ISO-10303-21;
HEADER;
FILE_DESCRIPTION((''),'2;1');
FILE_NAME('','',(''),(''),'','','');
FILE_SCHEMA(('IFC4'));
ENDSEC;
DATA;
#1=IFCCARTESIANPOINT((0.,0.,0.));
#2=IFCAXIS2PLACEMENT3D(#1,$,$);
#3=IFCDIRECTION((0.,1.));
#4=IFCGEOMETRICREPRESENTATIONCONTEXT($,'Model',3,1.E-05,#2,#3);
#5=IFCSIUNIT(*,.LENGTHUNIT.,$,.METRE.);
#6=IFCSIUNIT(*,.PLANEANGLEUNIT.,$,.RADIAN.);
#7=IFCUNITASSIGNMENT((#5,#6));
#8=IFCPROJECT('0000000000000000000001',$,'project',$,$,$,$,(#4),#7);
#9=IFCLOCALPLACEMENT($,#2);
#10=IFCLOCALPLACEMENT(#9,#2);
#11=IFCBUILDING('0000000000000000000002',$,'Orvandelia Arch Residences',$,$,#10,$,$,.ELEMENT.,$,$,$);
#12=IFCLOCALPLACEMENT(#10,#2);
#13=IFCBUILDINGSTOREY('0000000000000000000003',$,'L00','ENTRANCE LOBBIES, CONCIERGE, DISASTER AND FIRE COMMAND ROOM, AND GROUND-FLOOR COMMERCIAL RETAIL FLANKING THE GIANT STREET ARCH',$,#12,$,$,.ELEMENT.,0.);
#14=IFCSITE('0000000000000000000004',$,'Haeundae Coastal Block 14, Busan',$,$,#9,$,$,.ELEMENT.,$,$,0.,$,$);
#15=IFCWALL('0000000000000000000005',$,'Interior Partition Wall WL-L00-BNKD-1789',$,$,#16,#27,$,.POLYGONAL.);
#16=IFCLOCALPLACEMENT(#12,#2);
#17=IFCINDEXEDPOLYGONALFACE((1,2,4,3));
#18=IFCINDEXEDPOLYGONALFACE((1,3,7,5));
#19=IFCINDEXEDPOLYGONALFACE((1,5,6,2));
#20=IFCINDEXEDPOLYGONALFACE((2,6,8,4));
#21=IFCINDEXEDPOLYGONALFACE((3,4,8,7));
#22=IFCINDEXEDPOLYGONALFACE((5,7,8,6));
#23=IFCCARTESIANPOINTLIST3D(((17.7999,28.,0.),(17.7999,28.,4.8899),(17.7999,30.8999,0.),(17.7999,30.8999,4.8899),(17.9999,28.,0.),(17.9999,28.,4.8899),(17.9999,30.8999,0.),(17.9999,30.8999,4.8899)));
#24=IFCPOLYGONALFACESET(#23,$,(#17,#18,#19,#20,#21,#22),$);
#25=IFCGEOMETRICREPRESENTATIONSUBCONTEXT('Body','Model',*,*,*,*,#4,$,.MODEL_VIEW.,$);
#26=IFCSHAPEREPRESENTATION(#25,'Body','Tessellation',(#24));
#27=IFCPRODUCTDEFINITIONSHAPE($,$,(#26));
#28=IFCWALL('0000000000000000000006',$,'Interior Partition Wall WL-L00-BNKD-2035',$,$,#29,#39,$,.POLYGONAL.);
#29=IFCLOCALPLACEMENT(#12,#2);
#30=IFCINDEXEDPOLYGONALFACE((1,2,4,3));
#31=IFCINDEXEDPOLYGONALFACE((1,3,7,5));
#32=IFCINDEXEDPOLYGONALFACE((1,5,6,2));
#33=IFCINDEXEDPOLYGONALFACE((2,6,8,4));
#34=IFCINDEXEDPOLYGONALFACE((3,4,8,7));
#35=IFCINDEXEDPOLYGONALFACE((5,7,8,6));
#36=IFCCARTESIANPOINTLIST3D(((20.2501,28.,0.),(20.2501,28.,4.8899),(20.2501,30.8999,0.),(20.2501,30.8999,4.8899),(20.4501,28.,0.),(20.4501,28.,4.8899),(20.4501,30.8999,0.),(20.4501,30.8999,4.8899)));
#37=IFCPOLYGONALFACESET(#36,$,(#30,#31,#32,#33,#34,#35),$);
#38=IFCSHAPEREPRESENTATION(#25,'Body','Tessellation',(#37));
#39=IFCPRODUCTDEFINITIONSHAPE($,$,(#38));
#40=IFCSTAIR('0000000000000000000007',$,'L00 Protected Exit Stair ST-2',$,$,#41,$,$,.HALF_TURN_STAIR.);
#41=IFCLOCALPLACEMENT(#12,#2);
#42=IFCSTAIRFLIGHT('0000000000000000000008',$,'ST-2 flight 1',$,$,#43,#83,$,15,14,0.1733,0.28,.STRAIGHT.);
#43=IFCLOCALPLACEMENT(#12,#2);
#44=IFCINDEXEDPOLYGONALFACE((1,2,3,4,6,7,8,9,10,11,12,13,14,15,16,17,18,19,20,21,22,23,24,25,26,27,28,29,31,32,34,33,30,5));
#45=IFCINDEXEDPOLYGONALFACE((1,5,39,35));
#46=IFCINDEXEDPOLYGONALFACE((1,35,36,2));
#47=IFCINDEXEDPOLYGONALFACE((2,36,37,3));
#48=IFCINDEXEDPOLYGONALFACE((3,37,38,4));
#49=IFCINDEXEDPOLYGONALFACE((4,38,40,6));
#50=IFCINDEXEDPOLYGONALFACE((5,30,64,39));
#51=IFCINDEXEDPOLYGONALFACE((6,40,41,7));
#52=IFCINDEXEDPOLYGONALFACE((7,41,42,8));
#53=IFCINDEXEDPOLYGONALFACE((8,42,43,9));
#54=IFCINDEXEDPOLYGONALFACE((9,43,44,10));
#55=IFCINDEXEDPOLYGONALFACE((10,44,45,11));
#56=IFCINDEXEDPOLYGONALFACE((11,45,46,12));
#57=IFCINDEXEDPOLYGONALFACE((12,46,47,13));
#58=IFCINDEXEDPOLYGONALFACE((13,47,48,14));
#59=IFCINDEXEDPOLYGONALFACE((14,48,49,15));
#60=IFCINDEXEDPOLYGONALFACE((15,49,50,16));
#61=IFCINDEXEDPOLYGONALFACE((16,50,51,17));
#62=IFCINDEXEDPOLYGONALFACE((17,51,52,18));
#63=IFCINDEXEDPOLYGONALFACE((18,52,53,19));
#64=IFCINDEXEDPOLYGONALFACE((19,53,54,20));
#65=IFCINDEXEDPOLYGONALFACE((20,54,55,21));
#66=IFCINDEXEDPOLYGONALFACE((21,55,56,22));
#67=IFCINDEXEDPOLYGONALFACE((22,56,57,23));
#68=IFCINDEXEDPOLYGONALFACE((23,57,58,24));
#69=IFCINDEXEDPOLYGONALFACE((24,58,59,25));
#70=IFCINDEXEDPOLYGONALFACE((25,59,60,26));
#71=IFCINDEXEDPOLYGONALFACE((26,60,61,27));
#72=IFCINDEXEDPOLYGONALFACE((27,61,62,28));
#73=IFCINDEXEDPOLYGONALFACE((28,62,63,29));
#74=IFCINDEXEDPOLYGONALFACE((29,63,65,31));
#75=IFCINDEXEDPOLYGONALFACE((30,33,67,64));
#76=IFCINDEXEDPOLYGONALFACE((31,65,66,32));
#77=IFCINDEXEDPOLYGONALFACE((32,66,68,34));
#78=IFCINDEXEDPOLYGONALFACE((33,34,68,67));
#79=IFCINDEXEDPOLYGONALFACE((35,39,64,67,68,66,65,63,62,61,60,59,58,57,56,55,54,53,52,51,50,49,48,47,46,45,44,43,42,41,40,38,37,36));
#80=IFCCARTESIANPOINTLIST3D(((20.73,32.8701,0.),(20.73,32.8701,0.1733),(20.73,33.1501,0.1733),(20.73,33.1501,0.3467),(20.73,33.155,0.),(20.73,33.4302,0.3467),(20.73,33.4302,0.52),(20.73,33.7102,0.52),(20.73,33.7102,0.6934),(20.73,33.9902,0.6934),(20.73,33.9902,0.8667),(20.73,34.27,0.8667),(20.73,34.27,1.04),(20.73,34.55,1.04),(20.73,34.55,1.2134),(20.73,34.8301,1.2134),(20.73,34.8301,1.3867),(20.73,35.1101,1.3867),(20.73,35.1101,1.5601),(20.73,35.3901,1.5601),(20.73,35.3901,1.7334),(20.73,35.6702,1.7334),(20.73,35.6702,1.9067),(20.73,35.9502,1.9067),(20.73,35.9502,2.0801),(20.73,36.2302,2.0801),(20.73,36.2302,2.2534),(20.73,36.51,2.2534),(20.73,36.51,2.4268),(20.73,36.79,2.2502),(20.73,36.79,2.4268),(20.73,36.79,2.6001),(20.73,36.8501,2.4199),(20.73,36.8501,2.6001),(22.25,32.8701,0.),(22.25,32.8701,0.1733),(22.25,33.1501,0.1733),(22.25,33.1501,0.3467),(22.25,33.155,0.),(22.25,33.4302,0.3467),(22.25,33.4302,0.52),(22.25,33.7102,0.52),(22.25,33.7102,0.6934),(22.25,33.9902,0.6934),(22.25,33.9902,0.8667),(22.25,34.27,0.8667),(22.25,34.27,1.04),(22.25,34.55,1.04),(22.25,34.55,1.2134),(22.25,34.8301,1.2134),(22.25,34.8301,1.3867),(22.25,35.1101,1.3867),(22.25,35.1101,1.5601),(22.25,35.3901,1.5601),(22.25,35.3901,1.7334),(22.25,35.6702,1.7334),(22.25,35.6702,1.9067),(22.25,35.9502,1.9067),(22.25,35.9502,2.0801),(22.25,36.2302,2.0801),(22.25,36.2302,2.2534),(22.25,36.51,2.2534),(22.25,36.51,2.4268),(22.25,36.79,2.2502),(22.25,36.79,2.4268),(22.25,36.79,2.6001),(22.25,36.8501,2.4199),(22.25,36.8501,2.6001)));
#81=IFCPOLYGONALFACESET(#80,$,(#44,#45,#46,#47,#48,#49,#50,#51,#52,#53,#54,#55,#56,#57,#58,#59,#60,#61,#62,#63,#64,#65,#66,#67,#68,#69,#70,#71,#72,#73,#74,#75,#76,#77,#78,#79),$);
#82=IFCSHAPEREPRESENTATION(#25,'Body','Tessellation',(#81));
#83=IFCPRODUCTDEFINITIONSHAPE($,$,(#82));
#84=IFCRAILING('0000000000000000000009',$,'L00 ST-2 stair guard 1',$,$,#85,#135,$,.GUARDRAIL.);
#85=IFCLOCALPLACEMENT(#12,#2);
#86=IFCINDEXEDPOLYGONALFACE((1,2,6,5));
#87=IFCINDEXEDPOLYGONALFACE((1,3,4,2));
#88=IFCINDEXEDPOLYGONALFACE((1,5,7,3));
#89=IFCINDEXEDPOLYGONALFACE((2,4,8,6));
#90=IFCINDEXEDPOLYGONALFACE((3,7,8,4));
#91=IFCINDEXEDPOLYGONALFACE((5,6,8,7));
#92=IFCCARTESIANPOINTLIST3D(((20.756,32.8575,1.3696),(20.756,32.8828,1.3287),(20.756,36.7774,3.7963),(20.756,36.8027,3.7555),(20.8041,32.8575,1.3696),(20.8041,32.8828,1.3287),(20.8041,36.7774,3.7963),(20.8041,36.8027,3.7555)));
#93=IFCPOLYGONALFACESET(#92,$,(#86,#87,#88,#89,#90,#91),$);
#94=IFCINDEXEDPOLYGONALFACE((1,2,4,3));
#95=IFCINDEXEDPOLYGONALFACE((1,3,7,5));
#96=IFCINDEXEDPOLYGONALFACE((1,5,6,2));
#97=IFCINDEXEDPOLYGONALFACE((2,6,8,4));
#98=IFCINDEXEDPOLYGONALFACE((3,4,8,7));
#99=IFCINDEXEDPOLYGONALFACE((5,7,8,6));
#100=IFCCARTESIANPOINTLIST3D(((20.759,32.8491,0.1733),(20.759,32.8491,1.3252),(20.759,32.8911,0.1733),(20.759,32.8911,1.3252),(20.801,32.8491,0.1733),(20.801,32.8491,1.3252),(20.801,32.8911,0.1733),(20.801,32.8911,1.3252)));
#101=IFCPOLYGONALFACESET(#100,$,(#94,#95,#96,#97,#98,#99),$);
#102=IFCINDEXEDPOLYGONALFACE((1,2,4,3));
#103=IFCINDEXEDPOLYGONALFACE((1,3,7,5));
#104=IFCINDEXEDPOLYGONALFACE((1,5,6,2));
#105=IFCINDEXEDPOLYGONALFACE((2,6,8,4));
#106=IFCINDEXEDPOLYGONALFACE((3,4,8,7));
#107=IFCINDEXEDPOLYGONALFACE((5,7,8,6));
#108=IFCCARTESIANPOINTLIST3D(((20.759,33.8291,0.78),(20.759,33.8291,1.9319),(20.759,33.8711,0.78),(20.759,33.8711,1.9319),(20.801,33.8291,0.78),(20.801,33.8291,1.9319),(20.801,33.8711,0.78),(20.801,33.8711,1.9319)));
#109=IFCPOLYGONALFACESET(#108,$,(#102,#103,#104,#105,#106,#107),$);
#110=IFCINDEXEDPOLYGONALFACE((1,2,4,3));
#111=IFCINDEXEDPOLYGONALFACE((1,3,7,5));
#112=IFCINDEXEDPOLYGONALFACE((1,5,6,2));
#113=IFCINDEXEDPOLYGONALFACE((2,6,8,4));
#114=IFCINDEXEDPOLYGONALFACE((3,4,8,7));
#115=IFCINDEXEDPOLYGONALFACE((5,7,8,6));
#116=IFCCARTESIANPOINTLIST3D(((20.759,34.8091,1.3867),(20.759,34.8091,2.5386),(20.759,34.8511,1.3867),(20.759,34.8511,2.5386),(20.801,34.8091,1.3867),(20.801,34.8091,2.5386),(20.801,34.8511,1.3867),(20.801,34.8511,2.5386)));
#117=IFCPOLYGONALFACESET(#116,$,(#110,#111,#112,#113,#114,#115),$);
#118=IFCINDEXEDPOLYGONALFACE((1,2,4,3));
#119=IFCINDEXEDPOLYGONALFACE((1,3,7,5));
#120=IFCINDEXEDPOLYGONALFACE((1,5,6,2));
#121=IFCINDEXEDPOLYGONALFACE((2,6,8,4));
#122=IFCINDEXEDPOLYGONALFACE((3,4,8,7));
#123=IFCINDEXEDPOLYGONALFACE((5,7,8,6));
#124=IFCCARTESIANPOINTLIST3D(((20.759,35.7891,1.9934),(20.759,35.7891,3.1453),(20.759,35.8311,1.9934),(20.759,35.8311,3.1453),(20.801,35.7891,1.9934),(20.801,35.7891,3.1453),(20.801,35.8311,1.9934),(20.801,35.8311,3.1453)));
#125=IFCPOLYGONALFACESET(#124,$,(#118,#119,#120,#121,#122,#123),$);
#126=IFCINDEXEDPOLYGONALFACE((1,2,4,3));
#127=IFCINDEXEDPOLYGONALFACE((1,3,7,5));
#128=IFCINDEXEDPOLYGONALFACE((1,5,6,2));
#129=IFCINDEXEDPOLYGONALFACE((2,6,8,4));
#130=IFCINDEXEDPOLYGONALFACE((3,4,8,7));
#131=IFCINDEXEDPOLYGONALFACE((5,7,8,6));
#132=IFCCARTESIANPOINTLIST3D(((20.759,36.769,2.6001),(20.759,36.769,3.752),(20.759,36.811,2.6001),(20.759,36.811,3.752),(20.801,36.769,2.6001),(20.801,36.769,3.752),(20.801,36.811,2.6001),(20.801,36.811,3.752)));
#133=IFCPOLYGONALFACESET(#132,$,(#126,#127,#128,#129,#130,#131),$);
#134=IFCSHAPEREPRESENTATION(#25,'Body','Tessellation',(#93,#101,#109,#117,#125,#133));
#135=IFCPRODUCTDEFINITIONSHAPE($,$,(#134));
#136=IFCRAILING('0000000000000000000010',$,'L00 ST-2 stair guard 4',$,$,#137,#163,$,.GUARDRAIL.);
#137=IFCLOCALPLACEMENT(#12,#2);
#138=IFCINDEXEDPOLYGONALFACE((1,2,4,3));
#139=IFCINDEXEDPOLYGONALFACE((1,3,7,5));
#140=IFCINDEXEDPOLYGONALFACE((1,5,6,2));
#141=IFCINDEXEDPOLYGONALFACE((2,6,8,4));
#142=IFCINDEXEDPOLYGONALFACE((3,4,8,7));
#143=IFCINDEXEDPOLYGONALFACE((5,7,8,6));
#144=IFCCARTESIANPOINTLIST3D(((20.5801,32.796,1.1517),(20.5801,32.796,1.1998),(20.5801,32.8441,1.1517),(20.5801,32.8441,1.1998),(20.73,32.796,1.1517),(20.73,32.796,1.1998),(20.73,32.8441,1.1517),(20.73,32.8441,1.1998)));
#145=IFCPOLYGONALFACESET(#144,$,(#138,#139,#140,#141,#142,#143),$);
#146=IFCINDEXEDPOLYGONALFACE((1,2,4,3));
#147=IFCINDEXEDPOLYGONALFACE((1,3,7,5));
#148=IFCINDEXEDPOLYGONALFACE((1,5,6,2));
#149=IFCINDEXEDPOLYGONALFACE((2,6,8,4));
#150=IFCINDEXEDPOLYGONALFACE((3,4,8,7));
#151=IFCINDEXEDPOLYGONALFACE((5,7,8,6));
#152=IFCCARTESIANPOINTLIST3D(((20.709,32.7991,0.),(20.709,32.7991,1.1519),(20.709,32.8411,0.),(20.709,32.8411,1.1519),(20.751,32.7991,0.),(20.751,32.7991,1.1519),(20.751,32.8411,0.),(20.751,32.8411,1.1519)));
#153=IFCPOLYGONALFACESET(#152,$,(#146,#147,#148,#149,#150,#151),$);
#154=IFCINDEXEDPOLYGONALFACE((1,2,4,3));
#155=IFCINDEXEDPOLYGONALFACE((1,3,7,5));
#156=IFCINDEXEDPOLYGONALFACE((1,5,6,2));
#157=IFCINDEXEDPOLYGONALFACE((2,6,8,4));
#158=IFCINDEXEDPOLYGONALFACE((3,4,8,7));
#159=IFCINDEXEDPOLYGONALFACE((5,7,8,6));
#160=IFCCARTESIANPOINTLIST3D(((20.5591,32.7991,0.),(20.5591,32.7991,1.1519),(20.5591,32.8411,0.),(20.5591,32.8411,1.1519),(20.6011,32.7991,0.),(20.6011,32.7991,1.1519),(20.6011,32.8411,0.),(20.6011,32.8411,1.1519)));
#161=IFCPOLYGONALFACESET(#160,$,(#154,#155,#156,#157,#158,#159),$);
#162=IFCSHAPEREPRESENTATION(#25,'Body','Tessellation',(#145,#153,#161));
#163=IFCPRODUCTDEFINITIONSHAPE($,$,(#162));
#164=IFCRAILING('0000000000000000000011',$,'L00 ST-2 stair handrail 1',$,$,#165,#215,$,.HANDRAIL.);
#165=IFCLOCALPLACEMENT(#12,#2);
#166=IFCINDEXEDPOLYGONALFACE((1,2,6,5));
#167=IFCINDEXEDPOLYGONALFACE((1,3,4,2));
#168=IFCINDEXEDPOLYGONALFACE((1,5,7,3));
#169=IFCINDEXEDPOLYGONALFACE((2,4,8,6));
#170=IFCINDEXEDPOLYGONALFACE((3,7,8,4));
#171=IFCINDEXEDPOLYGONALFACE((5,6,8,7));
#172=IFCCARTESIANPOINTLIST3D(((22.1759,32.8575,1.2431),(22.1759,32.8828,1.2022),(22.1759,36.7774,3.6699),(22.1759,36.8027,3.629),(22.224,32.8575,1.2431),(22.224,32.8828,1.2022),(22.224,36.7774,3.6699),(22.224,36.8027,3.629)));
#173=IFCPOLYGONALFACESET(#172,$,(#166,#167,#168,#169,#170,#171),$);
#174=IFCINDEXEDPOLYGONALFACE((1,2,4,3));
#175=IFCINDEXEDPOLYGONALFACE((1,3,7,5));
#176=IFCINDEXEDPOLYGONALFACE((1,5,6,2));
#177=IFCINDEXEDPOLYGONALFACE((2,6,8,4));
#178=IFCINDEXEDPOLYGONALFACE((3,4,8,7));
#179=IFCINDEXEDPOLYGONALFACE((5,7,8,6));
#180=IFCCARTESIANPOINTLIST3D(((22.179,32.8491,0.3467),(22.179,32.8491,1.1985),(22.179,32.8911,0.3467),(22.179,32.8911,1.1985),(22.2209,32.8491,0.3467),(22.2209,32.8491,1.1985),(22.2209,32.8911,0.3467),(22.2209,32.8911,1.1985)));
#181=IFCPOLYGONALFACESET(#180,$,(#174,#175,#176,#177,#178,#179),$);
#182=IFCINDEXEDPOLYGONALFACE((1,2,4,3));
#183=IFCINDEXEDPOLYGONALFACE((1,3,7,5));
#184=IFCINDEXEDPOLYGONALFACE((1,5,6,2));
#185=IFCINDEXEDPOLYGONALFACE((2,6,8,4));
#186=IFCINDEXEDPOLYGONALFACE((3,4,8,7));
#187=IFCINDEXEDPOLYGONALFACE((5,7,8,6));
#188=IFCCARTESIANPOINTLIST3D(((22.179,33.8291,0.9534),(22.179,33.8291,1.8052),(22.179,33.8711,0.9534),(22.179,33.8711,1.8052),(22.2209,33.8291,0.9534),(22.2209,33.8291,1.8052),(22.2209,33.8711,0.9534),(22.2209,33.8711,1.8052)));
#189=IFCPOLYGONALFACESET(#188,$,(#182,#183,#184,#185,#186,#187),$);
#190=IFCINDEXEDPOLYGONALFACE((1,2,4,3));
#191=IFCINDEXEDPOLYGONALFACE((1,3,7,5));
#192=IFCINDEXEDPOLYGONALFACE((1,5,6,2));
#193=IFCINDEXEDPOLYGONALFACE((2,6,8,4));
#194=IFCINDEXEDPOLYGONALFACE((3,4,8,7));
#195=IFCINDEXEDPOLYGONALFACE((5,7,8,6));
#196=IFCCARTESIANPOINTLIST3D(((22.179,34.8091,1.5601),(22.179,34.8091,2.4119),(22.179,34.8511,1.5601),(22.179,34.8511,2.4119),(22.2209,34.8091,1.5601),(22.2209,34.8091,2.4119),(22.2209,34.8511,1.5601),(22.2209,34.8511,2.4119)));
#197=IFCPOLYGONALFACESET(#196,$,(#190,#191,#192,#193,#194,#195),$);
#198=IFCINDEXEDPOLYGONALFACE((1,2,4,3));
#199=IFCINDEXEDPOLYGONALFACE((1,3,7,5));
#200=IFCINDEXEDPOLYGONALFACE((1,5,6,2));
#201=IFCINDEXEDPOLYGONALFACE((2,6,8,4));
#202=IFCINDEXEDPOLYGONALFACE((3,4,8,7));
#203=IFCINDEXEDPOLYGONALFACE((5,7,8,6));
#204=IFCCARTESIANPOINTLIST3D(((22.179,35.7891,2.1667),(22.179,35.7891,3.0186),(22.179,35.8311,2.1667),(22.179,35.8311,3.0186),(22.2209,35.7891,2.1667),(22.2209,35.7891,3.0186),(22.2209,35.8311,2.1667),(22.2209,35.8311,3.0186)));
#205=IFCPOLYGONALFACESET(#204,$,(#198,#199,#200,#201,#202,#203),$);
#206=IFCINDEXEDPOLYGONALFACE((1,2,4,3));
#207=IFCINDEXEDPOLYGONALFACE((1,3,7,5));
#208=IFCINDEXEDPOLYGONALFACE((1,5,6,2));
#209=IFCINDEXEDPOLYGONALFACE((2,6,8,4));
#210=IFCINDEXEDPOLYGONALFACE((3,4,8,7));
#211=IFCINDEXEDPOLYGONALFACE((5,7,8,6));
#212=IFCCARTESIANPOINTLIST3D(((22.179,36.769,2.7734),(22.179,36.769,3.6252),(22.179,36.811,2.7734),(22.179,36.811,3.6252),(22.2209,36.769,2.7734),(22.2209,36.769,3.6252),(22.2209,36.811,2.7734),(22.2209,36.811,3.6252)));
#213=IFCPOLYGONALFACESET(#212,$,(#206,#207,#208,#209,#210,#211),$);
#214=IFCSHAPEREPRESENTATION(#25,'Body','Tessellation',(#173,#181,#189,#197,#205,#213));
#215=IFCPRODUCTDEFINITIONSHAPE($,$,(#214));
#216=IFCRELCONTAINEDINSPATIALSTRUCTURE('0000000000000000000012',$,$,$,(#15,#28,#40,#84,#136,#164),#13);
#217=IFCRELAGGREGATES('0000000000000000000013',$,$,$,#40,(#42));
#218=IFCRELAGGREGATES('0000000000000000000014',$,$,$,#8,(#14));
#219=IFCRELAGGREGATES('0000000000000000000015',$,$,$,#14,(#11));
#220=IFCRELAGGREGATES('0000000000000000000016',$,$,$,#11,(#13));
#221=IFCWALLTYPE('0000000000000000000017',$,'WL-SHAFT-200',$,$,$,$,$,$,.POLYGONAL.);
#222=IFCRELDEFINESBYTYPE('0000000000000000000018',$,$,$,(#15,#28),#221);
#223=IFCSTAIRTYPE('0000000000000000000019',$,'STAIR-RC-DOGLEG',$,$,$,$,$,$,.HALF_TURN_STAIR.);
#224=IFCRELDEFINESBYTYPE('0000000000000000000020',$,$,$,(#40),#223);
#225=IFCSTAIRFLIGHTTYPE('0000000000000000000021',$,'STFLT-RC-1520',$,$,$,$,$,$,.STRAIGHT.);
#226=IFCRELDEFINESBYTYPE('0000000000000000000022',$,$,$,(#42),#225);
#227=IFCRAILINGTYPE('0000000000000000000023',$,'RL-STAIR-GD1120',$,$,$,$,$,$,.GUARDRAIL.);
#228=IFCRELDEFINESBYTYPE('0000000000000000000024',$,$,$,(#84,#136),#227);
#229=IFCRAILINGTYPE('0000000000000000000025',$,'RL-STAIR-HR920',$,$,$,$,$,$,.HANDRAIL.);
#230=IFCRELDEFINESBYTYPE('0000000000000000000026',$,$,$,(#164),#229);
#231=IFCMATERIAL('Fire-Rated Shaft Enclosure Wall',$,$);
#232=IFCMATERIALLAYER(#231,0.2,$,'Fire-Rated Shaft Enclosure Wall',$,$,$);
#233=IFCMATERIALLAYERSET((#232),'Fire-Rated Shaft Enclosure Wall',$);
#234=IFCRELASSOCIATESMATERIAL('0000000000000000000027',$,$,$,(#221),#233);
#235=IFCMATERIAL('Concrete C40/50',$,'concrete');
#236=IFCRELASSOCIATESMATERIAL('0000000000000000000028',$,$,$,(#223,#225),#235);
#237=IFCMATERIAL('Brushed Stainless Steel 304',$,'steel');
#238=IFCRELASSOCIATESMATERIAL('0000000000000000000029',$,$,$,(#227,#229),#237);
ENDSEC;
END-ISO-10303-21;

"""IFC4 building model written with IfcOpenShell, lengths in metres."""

from ifc_helpers import new_model, si_unit, direction, frame, frame_2d, origin, origin_2d, place, context, subcontext, project, spatial, polyline, rectangle, outline, extrude, material, layer, layer_set, type_object, element, aggregate, save


model = new_model("IFC4")

# Units and contexts
model_context = context("Model", 3, precision=1e-05, world=origin(), true_north=direction((0.0, 1.0)))
body_context = subcontext(model_context, "Body", "Model", "MODEL_VIEW")
ifc_project = project(units=[si_unit("LENGTHUNIT", "METRE"), si_unit("PLANEANGLEUNIT", "RADIAN")], contexts=[model_context])

# Site, building, storey
site_placement = place(None, origin())
site = spatial("IfcSite", under=ifc_project, at=site_placement, Name="Haeundae Coastal Block 14, Busan", CompositionType="ELEMENT", RefElevation=0.0)
building_placement = place(site_placement, origin())
building = spatial("IfcBuilding", under=site, at=building_placement, Name="Orvandelia Arch Residences", CompositionType="ELEMENT")
storey_placement = place(building_placement, origin())
storey = spatial("IfcBuildingStorey", under=building, at=storey_placement, Name="L00", Description="ENTRANCE LOBBIES, CONCIERGE, DISASTER AND FIRE COMMAND ROOM, AND GROUND-FLOOR COMMERCIAL RETAIL FLANKING THE GIANT STREET ARCH", CompositionType="ELEMENT", Elevation=0.0)

# Walls
ifc_material_1 = material(Name="Fire-Rated Shaft Enclosure Wall")
ifc_layer_1 = layer(ifc_material_1, 0.2, Name="Fire-Rated Shaft Enclosure Wall")
ifc_layer_set_1 = layer_set([ifc_layer_1], Name="Fire-Rated Shaft Enclosure Wall")
wall_type_1 = type_object("IfcWallType", Name="WL-SHAFT-200", PredefinedType="POLYGONAL", material=ifc_layer_set_1)
for number, where, z_axis, x_axis, name in (
    (1, (17.8999, 28.0, 0.0), (0.0, 0.0, 1.0), (0.0, 1.0, 0.0), "Interior Partition Wall WL-L00-BNKD-1789"),
    (2, (20.3501, 28.0, 0.0), (0.0, 0.0, 1.0), (0.0, 1.0, 0.0), "Interior Partition Wall WL-L00-BNKD-2035"),
):
    element("IfcWall", number, at=place(storey_placement, frame(where, z_axis=z_axis, x_axis=x_axis)), inside=storey, type_object=wall_type_1, Name=name, PredefinedType="POLYGONAL", context=body_context, shape_type="SweptSolid", body=[
        extrude(rectangle(XDim=2.8999, YDim=0.2, at=frame_2d((1.45, 0.0))), origin(), (0.0, 0.0, 1.0), 4.8899),
    ])

# Stair, stair flight
ifc_material_2 = material(Name="Concrete C40/50", Category="concrete")
stair_type = type_object("IfcStairType", Name="STAIR-RC-DOGLEG", PredefinedType="HALF_TURN_STAIR", material=ifc_material_2)
stair_placement = place(storey_placement, origin())
stair = element("IfcStair", 3, at=stair_placement, inside=storey, type_object=stair_type, Name="L00 Protected Exit Stair ST-2", PredefinedType="HALF_TURN_STAIR")
stair_flight_type = type_object("IfcStairFlightType", Name="STFLT-RC-1520", PredefinedType="STRAIGHT", material=ifc_material_2)
stair_flight_placement = place(storey_placement, frame((21.49, 32.8701, 0.0), z_axis=(0.0, 0.0, 1.0), x_axis=(0.0, 1.0, 0.0)))
stair_flight = element("IfcStairFlight", 4, at=stair_flight_placement, type_object=stair_flight_type, Name="ST-2 flight 1", NumberOfRisers=15, NumberOfTreads=14, PredefinedType="STRAIGHT", RiserHeight=0.1733, TreadLength=0.28, context=body_context, shape_type="SweptSolid", body=[
    extrude(outline(polyline([(0.0, 0.0), (0.0, 0.1733), (0.28, 0.1733), (0.28, 0.3467), (0.5601, 0.3467), (0.5601, 0.52), (0.8401, 0.52), (0.8401, 0.6934), (1.1201, 0.6934), (1.1201, 0.8667), (1.3999, 0.8667), (1.3999, 1.04), (1.6799, 1.04), (1.6799, 1.2134), (1.96, 1.2134), (1.96, 1.3867), (2.24, 1.3867), (2.24, 1.5601), (2.52, 1.5601), (2.52, 1.7334), (2.8, 1.7334), (2.8, 1.9067), (3.0801, 1.9067), (3.0801, 2.0801), (3.3601, 2.0801), (3.3601, 2.2534), (3.6399, 2.2534), (3.6399, 2.4268), (3.9199, 2.4268), (3.9199, 2.6001), (3.98, 2.6001), (3.98, 2.4199), (3.9199, 2.2502), (0.2849, 0.0), (0.0, 0.0)])), frame((0.0, 0.76, 0.0), z_axis=(0.0, -1.0, 0.0), x_axis=(1.0, 0.0, 0.0)), (0.0, 0.0, 1.0), 1.52),
])
aggregate(stair, [stair_flight])

# Railings
ifc_material_3 = material(Name="Brushed Stainless Steel 304", Category="steel")
railing_type_1 = type_object("IfcRailingType", Name="RL-STAIR-GD1120", PredefinedType="GUARDRAIL", material=ifc_material_3)
railing_1_placement = place(storey_placement, frame((20.78, 32.8701, 0.1733)))
element("IfcRailing", 5, at=railing_1_placement, inside=storey, type_object=railing_type_1, Name="L00 ST-2 stair guard 1", PredefinedType="GUARDRAIL", context=body_context, shape_type="SweptSolid", body=[
    extrude(rectangle(XDim=0.0481, YDim=0.0481, at=origin_2d()), frame((0.0, 0.0, 1.1758), z_axis=(0.0, 0.850252, 0.526376), x_axis=(-1.0, 0.0, 0.0)), (0.0, 0.0, 1.0), 4.6104),
    extrude(rectangle(XDim=0.042, YDim=0.042, at=origin_2d()), origin(), (0.0, 0.0, 1.0), 1.1519),
    extrude(rectangle(XDim=0.042, YDim=0.042, at=origin_2d()), frame((0.0, 0.98, 0.6067)), (0.0, 0.0, 1.0), 1.1519),
    extrude(rectangle(XDim=0.042, YDim=0.042, at=origin_2d()), frame((0.0, 1.96, 1.2134)), (0.0, 0.0, 1.0), 1.1519),
    extrude(rectangle(XDim=0.042, YDim=0.042, at=origin_2d()), frame((0.0, 2.9399, 1.8201)), (0.0, 0.0, 1.0), 1.1519),
    extrude(rectangle(XDim=0.042, YDim=0.042, at=origin_2d()), frame((0.0, 3.9199, 2.4268)), (0.0, 0.0, 1.0), 1.1519),
])
railing_2_placement = place(storey_placement, frame((20.73, 32.8201, 0.0)))
element("IfcRailing", 6, at=railing_2_placement, inside=storey, type_object=railing_type_1, Name="L00 ST-2 stair guard 4", PredefinedType="GUARDRAIL", context=body_context, shape_type="SweptSolid", body=[
    extrude(rectangle(XDim=0.0481, YDim=0.0481, at=origin_2d()), frame((0.0, 0.0, 1.1758), z_axis=(-1.0, 0.0, 0.0), x_axis=(0.0, -1.0, 0.0)), (0.0, 0.0, 1.0), 0.1499),
    extrude(rectangle(XDim=0.042, YDim=0.042, at=origin_2d()), origin(), (0.0, 0.0, 1.0), 1.1519),
    extrude(rectangle(XDim=0.042, YDim=0.042, at=origin_2d()), frame((-0.1499, 0.0, 0.0)), (0.0, 0.0, 1.0), 1.1519),
])
railing_type_2 = type_object("IfcRailingType", Name="RL-STAIR-HR920", PredefinedType="HANDRAIL", material=ifc_material_3)
railing_3_placement = place(storey_placement, frame((22.2, 32.8701, 0.3467)))
element("IfcRailing", 7, at=railing_3_placement, inside=storey, type_object=railing_type_2, Name="L00 ST-2 stair handrail 1", PredefinedType="HANDRAIL", context=body_context, shape_type="SweptSolid", body=[
    extrude(rectangle(XDim=0.0481, YDim=0.0481, at=origin_2d()), frame((0.0, 0.0, 0.876), z_axis=(0.0, 0.850252, 0.526376), x_axis=(-1.0, 0.0, 0.0)), (0.0, 0.0, 1.0), 4.6104),
    extrude(rectangle(XDim=0.042, YDim=0.042, at=origin_2d()), origin(), (0.0, 0.0, 1.0), 0.8518),
    extrude(rectangle(XDim=0.042, YDim=0.042, at=origin_2d()), frame((0.0, 0.98, 0.6067)), (0.0, 0.0, 1.0), 0.8518),
    extrude(rectangle(XDim=0.042, YDim=0.042, at=origin_2d()), frame((0.0, 1.96, 1.2134)), (0.0, 0.0, 1.0), 0.8518),
    extrude(rectangle(XDim=0.042, YDim=0.042, at=origin_2d()), frame((0.0, 2.9399, 1.8201)), (0.0, 0.0, 1.0), 0.8518),
    extrude(rectangle(XDim=0.042, YDim=0.042, at=origin_2d()), frame((0.0, 3.9199, 2.4268)), (0.0, 0.0, 1.0), 0.8518),
])

save(model, "model.ifc")
